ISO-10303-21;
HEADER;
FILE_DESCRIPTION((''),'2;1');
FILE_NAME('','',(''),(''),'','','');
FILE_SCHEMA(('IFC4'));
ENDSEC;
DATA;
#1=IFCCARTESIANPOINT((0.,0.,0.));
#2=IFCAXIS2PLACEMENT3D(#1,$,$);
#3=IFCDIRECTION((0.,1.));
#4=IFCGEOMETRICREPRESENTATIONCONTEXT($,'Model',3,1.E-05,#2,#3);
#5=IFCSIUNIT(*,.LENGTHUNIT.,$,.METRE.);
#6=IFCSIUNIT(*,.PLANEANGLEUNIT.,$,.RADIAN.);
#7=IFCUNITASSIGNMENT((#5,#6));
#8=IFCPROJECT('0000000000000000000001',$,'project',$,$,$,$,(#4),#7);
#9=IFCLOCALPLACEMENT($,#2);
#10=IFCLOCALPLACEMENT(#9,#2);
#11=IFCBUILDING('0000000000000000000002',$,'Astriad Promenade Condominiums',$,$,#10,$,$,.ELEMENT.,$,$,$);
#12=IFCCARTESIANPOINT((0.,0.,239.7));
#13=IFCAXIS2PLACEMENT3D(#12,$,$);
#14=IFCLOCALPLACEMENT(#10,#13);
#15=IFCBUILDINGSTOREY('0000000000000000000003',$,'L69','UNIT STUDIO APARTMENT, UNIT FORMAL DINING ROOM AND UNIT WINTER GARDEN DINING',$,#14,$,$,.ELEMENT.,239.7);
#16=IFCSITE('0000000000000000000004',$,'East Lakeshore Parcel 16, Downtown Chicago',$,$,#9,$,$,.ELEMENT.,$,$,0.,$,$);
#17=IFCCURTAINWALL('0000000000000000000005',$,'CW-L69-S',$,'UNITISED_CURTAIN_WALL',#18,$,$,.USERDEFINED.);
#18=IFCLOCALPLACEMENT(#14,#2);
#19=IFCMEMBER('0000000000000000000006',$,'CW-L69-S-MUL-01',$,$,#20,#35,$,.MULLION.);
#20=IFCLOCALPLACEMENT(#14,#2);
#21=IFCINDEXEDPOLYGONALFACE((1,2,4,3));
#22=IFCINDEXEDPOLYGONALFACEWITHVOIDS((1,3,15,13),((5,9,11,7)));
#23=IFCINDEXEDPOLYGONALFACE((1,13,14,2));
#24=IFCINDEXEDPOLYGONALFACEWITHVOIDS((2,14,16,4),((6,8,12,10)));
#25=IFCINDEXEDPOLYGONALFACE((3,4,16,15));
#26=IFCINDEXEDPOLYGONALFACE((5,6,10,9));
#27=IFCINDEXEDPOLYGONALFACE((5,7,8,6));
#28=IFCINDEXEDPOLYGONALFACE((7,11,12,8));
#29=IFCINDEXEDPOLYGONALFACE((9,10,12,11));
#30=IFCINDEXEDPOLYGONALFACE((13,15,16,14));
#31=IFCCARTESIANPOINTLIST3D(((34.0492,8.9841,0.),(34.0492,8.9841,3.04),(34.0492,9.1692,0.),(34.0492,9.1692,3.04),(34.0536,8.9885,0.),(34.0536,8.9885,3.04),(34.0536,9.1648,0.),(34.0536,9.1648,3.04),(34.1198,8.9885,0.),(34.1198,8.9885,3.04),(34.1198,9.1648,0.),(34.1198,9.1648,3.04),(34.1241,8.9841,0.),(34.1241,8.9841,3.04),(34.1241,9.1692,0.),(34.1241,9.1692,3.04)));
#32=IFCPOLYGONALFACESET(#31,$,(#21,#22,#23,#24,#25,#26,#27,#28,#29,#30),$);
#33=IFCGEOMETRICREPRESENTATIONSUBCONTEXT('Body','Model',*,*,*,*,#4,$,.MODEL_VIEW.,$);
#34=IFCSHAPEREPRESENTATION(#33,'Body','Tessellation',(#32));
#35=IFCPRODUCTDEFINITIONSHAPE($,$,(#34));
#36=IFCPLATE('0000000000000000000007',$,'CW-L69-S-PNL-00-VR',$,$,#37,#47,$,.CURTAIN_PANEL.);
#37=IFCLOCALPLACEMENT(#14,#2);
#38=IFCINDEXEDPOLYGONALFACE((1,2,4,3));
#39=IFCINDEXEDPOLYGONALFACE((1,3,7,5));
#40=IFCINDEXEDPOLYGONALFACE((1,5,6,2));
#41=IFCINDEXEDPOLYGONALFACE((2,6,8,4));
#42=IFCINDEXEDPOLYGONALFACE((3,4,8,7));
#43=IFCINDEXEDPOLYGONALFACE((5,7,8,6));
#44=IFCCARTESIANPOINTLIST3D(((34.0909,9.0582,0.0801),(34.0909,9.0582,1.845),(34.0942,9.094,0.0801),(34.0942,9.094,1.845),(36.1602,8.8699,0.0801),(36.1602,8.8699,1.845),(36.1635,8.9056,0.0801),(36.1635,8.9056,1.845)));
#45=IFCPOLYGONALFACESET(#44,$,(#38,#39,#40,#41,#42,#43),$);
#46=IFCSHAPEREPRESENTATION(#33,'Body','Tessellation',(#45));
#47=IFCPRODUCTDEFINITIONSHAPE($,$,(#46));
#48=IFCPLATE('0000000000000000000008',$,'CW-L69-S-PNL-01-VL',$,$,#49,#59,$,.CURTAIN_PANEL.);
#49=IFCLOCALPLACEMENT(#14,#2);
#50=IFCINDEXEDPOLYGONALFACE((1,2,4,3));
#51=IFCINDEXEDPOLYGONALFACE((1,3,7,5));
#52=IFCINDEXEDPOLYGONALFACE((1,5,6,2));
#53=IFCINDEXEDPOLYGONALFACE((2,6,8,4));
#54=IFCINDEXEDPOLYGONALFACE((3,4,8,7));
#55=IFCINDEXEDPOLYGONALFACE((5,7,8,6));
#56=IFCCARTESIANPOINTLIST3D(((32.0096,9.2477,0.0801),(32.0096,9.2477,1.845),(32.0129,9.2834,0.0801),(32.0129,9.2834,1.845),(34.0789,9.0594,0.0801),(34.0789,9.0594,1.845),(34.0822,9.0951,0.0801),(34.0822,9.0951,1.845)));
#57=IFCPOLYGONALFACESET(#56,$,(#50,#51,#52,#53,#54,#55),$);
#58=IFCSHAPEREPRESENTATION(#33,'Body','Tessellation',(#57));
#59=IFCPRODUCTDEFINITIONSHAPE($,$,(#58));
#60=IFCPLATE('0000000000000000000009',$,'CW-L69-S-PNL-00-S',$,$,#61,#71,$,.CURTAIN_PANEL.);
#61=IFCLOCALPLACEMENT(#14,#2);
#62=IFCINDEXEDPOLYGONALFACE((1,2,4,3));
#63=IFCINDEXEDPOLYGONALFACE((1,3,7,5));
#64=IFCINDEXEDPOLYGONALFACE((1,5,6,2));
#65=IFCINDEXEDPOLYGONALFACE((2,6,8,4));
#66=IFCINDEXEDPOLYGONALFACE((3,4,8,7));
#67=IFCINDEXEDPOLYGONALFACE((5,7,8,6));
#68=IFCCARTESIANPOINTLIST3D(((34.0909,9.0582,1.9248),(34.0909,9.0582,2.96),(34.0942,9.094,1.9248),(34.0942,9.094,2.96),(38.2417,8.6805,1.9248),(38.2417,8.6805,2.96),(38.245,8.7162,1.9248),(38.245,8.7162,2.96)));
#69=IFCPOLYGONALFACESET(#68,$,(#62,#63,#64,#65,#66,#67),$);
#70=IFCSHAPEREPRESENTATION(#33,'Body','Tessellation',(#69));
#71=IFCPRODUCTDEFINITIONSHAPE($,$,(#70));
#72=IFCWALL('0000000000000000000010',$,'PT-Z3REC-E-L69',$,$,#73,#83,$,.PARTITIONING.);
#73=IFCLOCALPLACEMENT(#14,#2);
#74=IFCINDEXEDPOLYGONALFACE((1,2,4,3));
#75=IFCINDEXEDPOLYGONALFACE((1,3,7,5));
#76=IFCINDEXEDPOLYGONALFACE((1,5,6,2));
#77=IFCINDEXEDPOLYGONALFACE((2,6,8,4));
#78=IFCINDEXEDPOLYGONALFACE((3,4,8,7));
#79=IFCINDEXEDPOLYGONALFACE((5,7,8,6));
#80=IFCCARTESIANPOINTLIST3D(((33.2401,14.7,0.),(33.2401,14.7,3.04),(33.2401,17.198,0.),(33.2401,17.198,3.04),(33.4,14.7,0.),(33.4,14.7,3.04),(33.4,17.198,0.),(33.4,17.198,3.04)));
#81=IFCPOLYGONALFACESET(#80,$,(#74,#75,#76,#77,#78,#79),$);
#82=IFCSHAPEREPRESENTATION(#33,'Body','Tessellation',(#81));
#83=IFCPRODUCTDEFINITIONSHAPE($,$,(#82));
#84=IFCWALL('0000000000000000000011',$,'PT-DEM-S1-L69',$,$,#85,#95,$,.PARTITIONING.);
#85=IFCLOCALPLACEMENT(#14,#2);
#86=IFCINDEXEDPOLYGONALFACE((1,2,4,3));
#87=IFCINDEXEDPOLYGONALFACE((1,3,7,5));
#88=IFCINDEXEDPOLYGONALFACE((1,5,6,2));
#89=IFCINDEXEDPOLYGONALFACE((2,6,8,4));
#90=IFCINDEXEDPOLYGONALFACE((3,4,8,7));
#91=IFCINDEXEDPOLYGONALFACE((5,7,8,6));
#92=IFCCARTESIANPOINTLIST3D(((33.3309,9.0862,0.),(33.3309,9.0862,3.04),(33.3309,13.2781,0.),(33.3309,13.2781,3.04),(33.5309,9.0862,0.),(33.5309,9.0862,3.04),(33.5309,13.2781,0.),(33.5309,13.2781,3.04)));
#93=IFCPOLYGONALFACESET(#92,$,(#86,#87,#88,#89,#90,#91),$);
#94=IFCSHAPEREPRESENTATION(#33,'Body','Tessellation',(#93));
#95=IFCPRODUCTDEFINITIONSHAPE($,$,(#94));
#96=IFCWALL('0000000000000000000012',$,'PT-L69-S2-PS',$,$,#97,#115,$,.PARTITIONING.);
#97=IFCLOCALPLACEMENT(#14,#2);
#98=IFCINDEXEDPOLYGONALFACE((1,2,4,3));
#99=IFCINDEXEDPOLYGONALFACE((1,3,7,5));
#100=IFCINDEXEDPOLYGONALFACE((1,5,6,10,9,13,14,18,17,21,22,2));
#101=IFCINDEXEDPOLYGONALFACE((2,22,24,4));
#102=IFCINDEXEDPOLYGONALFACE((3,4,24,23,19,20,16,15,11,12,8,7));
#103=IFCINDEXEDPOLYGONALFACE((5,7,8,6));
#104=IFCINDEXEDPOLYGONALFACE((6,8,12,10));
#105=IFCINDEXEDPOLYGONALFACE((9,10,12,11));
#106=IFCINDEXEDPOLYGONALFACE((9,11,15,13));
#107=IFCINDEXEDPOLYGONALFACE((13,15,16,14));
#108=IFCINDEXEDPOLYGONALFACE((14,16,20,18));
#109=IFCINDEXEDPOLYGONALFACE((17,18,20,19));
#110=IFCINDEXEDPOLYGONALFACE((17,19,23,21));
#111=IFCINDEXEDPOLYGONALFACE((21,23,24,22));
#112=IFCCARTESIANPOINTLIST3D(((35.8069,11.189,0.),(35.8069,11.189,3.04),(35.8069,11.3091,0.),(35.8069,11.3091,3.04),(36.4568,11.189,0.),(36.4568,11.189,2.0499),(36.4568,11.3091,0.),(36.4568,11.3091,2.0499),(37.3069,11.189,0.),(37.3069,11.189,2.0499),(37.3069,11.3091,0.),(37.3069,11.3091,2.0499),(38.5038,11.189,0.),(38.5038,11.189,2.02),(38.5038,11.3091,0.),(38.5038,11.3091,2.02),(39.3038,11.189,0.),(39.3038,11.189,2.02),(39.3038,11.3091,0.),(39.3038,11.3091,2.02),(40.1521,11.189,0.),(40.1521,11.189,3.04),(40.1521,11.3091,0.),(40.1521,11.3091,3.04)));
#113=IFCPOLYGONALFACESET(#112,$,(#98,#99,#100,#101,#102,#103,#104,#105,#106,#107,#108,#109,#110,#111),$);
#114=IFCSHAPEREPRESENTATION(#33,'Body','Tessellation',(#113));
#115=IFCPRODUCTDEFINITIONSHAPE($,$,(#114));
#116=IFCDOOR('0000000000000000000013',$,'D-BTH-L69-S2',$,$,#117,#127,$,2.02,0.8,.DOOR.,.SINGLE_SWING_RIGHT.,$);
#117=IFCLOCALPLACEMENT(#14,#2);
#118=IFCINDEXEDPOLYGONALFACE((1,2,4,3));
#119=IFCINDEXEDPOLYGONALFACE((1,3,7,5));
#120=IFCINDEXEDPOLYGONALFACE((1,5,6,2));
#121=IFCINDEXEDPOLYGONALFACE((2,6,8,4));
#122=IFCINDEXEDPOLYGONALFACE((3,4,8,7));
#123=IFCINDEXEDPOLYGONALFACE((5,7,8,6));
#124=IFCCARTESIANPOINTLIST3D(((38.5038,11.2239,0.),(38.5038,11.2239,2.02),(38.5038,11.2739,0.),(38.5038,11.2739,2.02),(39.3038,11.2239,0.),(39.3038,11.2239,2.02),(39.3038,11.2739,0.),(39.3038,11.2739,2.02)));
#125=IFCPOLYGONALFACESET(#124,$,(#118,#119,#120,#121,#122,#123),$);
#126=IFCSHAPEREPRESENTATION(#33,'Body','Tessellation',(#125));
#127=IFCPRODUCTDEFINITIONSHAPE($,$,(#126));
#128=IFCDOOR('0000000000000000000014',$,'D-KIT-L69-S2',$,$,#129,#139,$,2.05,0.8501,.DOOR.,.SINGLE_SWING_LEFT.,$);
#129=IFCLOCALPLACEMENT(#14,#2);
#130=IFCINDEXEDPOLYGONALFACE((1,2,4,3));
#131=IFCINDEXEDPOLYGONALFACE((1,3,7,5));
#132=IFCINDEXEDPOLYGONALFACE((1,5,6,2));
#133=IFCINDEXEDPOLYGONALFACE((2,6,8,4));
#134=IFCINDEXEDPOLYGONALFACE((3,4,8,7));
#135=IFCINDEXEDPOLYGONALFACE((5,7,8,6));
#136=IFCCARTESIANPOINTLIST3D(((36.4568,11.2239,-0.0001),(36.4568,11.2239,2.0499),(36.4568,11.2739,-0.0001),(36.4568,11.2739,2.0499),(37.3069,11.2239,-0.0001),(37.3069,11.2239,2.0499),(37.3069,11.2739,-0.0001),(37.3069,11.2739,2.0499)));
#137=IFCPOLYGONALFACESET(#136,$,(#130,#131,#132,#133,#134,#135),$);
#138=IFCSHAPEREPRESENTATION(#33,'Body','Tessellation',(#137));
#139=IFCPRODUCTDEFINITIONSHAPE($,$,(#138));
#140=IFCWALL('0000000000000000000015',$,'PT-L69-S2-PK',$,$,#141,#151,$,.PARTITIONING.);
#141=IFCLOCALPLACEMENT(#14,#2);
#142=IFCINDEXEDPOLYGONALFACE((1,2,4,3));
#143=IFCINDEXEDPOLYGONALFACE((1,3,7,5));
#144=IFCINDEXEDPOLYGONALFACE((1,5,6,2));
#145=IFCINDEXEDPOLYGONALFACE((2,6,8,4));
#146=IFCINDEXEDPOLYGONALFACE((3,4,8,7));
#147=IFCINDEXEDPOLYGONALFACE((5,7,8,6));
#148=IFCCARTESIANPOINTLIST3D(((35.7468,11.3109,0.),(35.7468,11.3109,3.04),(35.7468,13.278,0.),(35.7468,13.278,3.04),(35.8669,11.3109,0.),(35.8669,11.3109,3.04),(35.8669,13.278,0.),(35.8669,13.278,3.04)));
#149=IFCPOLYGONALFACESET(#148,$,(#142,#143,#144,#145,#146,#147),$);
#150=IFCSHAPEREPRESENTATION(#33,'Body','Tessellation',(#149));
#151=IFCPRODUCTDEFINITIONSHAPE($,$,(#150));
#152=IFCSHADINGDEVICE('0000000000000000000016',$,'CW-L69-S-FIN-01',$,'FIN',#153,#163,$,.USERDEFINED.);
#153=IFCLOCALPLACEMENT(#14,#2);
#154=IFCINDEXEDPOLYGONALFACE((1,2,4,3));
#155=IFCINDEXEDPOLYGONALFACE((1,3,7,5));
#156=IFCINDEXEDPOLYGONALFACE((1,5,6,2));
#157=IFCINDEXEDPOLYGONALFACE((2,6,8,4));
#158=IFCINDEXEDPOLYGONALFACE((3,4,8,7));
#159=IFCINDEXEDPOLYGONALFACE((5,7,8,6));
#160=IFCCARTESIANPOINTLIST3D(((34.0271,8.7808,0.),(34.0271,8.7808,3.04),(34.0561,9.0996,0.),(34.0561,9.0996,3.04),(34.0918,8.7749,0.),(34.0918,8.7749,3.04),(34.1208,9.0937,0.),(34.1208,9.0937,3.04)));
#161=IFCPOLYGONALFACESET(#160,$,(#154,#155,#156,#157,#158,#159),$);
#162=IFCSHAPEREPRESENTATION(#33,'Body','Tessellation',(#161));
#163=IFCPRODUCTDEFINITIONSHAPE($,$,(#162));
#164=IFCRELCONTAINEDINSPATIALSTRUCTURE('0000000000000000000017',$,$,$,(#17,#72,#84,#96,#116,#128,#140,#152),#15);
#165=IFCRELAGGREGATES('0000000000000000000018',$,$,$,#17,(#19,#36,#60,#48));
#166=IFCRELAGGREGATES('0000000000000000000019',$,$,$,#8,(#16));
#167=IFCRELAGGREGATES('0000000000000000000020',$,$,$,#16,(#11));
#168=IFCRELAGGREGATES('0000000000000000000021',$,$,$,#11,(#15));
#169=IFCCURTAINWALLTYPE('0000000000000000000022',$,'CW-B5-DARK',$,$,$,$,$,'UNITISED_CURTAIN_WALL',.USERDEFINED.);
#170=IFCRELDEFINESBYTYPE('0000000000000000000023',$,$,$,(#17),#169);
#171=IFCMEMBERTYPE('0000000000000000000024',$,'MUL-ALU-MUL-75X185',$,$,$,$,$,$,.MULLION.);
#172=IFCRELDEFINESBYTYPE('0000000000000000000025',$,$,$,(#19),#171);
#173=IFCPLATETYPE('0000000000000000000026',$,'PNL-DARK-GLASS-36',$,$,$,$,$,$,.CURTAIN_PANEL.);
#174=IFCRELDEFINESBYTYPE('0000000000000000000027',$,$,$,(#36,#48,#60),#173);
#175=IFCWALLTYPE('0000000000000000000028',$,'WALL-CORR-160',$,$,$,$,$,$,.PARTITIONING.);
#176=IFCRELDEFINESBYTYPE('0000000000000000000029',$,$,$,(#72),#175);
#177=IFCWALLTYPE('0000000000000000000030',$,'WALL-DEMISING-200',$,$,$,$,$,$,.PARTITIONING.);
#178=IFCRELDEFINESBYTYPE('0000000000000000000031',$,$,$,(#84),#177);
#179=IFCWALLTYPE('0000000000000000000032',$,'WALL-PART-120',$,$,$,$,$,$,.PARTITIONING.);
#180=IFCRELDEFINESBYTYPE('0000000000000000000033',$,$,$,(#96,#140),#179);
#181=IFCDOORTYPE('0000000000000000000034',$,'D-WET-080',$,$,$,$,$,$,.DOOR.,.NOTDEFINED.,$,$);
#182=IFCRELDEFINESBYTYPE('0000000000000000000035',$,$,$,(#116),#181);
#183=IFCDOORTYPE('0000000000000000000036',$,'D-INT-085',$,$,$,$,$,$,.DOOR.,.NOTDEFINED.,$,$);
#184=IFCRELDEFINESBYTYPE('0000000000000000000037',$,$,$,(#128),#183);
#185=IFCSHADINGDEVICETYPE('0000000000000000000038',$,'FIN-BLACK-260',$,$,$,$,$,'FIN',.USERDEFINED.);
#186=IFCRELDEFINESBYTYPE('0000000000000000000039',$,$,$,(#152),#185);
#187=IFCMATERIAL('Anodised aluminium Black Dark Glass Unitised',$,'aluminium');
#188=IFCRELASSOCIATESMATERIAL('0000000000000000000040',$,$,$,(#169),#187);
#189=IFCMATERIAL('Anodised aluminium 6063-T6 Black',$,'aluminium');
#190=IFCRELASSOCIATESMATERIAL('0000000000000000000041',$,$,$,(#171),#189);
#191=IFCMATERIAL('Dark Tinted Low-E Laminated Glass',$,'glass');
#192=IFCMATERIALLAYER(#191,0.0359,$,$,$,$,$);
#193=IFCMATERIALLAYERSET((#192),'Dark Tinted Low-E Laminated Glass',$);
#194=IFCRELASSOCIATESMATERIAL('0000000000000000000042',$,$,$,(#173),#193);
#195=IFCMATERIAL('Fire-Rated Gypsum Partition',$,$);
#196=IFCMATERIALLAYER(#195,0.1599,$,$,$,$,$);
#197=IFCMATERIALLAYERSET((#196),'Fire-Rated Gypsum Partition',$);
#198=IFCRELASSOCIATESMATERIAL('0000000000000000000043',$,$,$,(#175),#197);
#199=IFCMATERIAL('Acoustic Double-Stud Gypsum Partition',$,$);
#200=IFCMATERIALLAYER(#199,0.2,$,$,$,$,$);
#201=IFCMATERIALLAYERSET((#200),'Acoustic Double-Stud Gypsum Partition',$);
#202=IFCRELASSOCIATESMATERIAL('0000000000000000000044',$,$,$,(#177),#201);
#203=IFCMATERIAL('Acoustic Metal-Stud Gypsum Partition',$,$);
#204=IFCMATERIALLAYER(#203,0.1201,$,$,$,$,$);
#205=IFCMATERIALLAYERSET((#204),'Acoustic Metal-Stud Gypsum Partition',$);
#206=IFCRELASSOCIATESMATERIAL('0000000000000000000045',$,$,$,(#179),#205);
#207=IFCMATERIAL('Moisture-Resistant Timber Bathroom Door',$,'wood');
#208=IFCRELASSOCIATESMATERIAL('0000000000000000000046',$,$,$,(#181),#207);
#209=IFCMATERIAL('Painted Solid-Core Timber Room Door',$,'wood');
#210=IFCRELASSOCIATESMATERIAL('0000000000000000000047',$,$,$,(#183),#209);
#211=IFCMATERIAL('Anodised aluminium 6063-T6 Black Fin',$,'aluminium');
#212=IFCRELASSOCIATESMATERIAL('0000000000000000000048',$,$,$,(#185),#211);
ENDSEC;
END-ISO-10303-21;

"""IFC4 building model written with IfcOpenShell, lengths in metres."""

from ifc_helpers import new_model, si_unit, direction, frame, frame_2d, origin, origin_2d, place, context, subcontext, project, spatial, rectangle, hollow_rectangle, extrude, source, transform, mapped, material, layer, layer_set, material_profile, profile_set, type_object, type_shapes, element, fill, aggregate, save


model = new_model("IFC4")

# Units and contexts
model_context = context("Model", 3, precision=1e-05, world=origin(), true_north=direction((0.0, 1.0)))
body_context = subcontext(model_context, "Body", "Model", "MODEL_VIEW")
ifc_project = project(units=[si_unit("LENGTHUNIT", "METRE"), si_unit("PLANEANGLEUNIT", "RADIAN")], contexts=[model_context])

# Site, building, storey
site_placement = place(None, origin())
site = spatial("IfcSite", under=ifc_project, at=site_placement, Name="East Lakeshore Parcel 16, Downtown Chicago", CompositionType="ELEMENT", RefElevation=0.0)
building_placement = place(site_placement, origin())
building = spatial("IfcBuilding", under=site, at=building_placement, Name="Astriad Promenade Condominiums", CompositionType="ELEMENT")
storey_placement = place(building_placement, frame((0.0, 0.0, 239.7)))
storey = spatial("IfcBuildingStorey", under=building, at=storey_placement, Name="L69", Description="UNIT STUDIO APARTMENT, UNIT FORMAL DINING ROOM AND UNIT WINTER GARDEN DINING", CompositionType="ELEMENT", Elevation=239.7)

# Curtain wall, member, plates
ifc_material_1 = material(Name="Anodised aluminium Black Dark Glass Unitised", Category="aluminium")
curtain_wall_type = type_object("IfcCurtainWallType", Name="CW-B5-DARK", ElementType="UNITISED_CURTAIN_WALL", PredefinedType="USERDEFINED", material=ifc_material_1)
curtain_wall_placement = place(storey_placement, origin())
curtain_wall = element("IfcCurtainWall", 1, at=curtain_wall_placement, inside=storey, type_object=curtain_wall_type, Name="CW-L69-S", ObjectType="UNITISED_CURTAIN_WALL", PredefinedType="USERDEFINED")
ifc_material_2 = material(Name="Anodised aluminium 6063-T6 Black", Category="aluminium")
ifc_material_profile_1 = material_profile(ifc_material_2, hollow_rectangle(XDim=0.075, YDim=0.1851, WallThickness=0.0044, at=origin_2d()), Name="ALU-MUL-75X185")
ifc_profile_set_1 = profile_set([ifc_material_profile_1], Name="Anodised aluminium 6063-T6 Black")
member_type_1 = type_object("IfcMemberType", Name="MUL-ALU-MUL-75X185", PredefinedType="MULLION", material=ifc_profile_set_1)
shared_shape_1 = source(origin(), body_context, "Body", "SweptSolid", [
    extrude(hollow_rectangle(XDim=0.075, YDim=0.1851, WallThickness=0.0044, at=origin_2d()), origin(), (0.0, 0.0, 1.0), 3.04),
])
type_shapes(member_type_1, [shared_shape_1])
member_1_placement = place(storey_placement, frame((34.0867, 9.0767, 0.0), z_axis=(0.0, 0.0, 1.0), x_axis=(1.0, 0.0, 0.0)))
member_1 = element("IfcMember", 2, at=member_1_placement, type_object=member_type_1, Name="CW-L69-S-MUL-01", PredefinedType="MULLION", context=body_context, shape_type="MappedRepresentation", body=[
    mapped(shared_shape_1, transform((0.0, 0.0, 0.0), scale=1.0)),
])
ifc_material_3 = material(Name="Dark Tinted Low-E Laminated Glass", Category="glass")
ifc_layer_1 = layer(ifc_material_3, 0.0359)
ifc_layer_set_1 = layer_set([ifc_layer_1], Name="Dark Tinted Low-E Laminated Glass")
plate_type = type_object("IfcPlateType", Name="PNL-DARK-GLASS-36", PredefinedType="CURTAIN_PANEL", material=ifc_layer_set_1)
shared_shape_2 = source(origin(), body_context, "Body", "SweptSolid", [
    extrude(rectangle(XDim=2.0779, YDim=0.0359, at=origin_2d()), origin(), (0.0, 0.0, 1.0), 1.7649),
])
plate_1_placement = place(storey_placement, frame((35.1272, 8.9819, 0.0801), z_axis=(0.0, 0.0, 1.0), x_axis=(-0.995884, 0.090633, 0.0)))
plate_1 = element("IfcPlate", 3, at=plate_1_placement, type_object=plate_type, Name="CW-L69-S-PNL-00-VR", PredefinedType="CURTAIN_PANEL", context=body_context, shape_type="MappedRepresentation", body=[
    mapped(shared_shape_2, transform((0.0, 0.0, 0.0), scale=1.0)),
])
plate_2_placement = place(storey_placement, frame((33.0459, 9.1714, 0.0801), z_axis=(0.0, 0.0, 1.0), x_axis=(-0.995884, 0.090633, 0.0)))
plate_2 = element("IfcPlate", 4, at=plate_2_placement, type_object=plate_type, Name="CW-L69-S-PNL-01-VL", PredefinedType="CURTAIN_PANEL", context=body_context, shape_type="MappedRepresentation", body=[
    mapped(shared_shape_2, transform((0.0, 0.0, 0.0), scale=1.0)),
])
shared_shape_3 = source(origin(), body_context, "Body", "SweptSolid", [
    extrude(rectangle(XDim=4.168, YDim=0.0359, at=origin_2d()), origin(), (0.0, 0.0, 1.0), 1.0352),
])
type_shapes(plate_type, [shared_shape_2, shared_shape_3])
plate_3_placement = place(storey_placement, frame((36.168, 8.8872, 1.9248), z_axis=(0.0, 0.0, 1.0), x_axis=(-0.995884, 0.090633, 0.0)))
plate_3 = element("IfcPlate", 5, at=plate_3_placement, type_object=plate_type, Name="CW-L69-S-PNL-00-S", PredefinedType="CURTAIN_PANEL", context=body_context, shape_type="MappedRepresentation", body=[
    mapped(shared_shape_3, transform((0.0, 0.0, 0.0), scale=1.0)),
])
aggregate(curtain_wall, [member_1, plate_1, plate_3, plate_2])

# Walls
ifc_material_4 = material(Name="Fire-Rated Gypsum Partition")
ifc_layer_2 = layer(ifc_material_4, 0.1599)
ifc_layer_set_2 = layer_set([ifc_layer_2], Name="Fire-Rated Gypsum Partition")
wall_type_1 = type_object("IfcWallType", Name="WALL-CORR-160", PredefinedType="PARTITIONING", material=ifc_layer_set_2)
wall_1_placement = place(storey_placement, frame((33.3201, 14.7, 0.0), z_axis=(0.0, 0.0, 1.0), x_axis=(0.0, 1.0, 0.0)))
element("IfcWall", 6, at=wall_1_placement, inside=storey, type_object=wall_type_1, Name="PT-Z3REC-E-L69", PredefinedType="PARTITIONING", context=body_context, shape_type="SweptSolid", body=[
    extrude(rectangle(XDim=2.498, YDim=0.1599, at=frame_2d((1.249, 0.0))), origin(), (0.0, 0.0, 1.0), 3.04),
])
ifc_material_5 = material(Name="Acoustic Double-Stud Gypsum Partition")
ifc_layer_3 = layer(ifc_material_5, 0.2)
ifc_layer_set_3 = layer_set([ifc_layer_3], Name="Acoustic Double-Stud Gypsum Partition")
wall_type_2 = type_object("IfcWallType", Name="WALL-DEMISING-200", PredefinedType="PARTITIONING", material=ifc_layer_set_3)
wall_2_placement = place(storey_placement, frame((33.4309, 9.0862, 0.0), z_axis=(0.0, 0.0, 1.0), x_axis=(0.0, 1.0, 0.0)))
element("IfcWall", 7, at=wall_2_placement, inside=storey, type_object=wall_type_2, Name="PT-DEM-S1-L69", PredefinedType="PARTITIONING", context=body_context, shape_type="SweptSolid", body=[
    extrude(rectangle(XDim=4.1919, YDim=0.2, at=frame_2d((2.0959, 0.0))), origin(), (0.0, 0.0, 1.0), 3.04),
])

# Wall, openings, doors
ifc_material_6 = material(Name="Acoustic Metal-Stud Gypsum Partition")
ifc_layer_4 = layer(ifc_material_6, 0.1201)
ifc_layer_set_4 = layer_set([ifc_layer_4], Name="Acoustic Metal-Stud Gypsum Partition")
wall_type_3 = type_object("IfcWallType", Name="WALL-PART-120", PredefinedType="PARTITIONING", material=ifc_layer_set_4)
wall_3_placement = place(storey_placement, frame((35.8069, 11.249, 0.0), z_axis=(0.0, 0.0, 1.0), x_axis=(1.0, 0.0, 0.0)))
wall_3 = element("IfcWall", 8, at=wall_3_placement, inside=storey, type_object=wall_type_3, Name="PT-L69-S2-PS", PredefinedType="PARTITIONING", context=body_context, shape_type="SweptSolid", body=[
    extrude(rectangle(XDim=4.3452, YDim=0.1201, at=frame_2d((2.1726, 0.0))), origin(), (0.0, 0.0, 1.0), 3.04),
])
opening_1_placement = place(wall_3_placement, frame((0.6499, 0.0, 0.0)))
opening_1 = element("IfcOpeningElement", 9, at=opening_1_placement, cuts=wall_3, PredefinedType="OPENING", context=body_context, shape_type="SweptSolid", body=[
    extrude(rectangle(XDim=0.8501, YDim=2.05, at=frame_2d((0.425, 1.0249))), frame((0.0, 0.0701, 0.0), z_axis=(0.0, -1.0, 0.0), x_axis=(1.0, 0.0, 0.0)), (0.0, 0.0, 1.0), 0.1401),
])
opening_2_placement = place(wall_3_placement, frame((2.697, 0.0, 0.0)))
opening_2 = element("IfcOpeningElement", 10, at=opening_2_placement, cuts=wall_3, PredefinedType="OPENING", context=body_context, shape_type="SweptSolid", body=[
    extrude(rectangle(XDim=0.8, YDim=2.02, at=frame_2d((0.3999, 1.01))), frame((0.0, 0.0701, 0.0), z_axis=(0.0, -1.0, 0.0), x_axis=(1.0, 0.0, 0.0)), (0.0, 0.0, 1.0), 0.1401),
])
ifc_material_7 = material(Name="Moisture-Resistant Timber Bathroom Door", Category="wood")
door_type_1 = type_object("IfcDoorType", Name="D-WET-080", OperationType="NOTDEFINED", PredefinedType="DOOR", material=ifc_material_7)
shared_shape_4 = source(origin(), body_context, "Body", "SweptSolid", [
    extrude(rectangle(XDim=0.8, YDim=2.02, at=frame_2d((0.3999, 1.01))), frame((0.0, 0.0249, 0.0), z_axis=(0.0, -1.0, 0.0), x_axis=(1.0, 0.0, 0.0)), (0.0, 0.0, 1.0), 0.05),
])
type_shapes(door_type_1, [shared_shape_4])
door_1_placement = place(opening_2_placement, origin())
door_1 = element("IfcDoor", 11, at=door_1_placement, inside=storey, type_object=door_type_1, Name="D-BTH-L69-S2", OperationType="SINGLE_SWING_RIGHT", OverallHeight=2.02, OverallWidth=0.8, PredefinedType="DOOR", context=body_context, shape_type="MappedRepresentation", body=[
    mapped(shared_shape_4, transform((0.0, 0.0, 0.0), scale=1.0)),
])
fill(opening_2, door_1)
ifc_material_8 = material(Name="Painted Solid-Core Timber Room Door", Category="wood")
door_type_2 = type_object("IfcDoorType", Name="D-INT-085", OperationType="NOTDEFINED", PredefinedType="DOOR", material=ifc_material_8)
shared_shape_5 = source(origin(), body_context, "Body", "SweptSolid", [
    extrude(rectangle(XDim=0.8501, YDim=2.05, at=frame_2d((0.425, 1.0249))), frame((0.0, 0.0249, 0.0), z_axis=(0.0, -1.0, 0.0), x_axis=(1.0, 0.0, 0.0)), (0.0, 0.0, 1.0), 0.05),
])
type_shapes(door_type_2, [shared_shape_5])
door_2_placement = place(opening_1_placement, origin())
door_2 = element("IfcDoor", 12, at=door_2_placement, inside=storey, type_object=door_type_2, Name="D-KIT-L69-S2", OperationType="SINGLE_SWING_LEFT", OverallHeight=2.05, OverallWidth=0.8501, PredefinedType="DOOR", context=body_context, shape_type="MappedRepresentation", body=[
    mapped(shared_shape_5, transform((0.0, 0.0, 0.0), scale=1.0)),
])
fill(opening_1, door_2)

# Wall
wall_4_placement = place(storey_placement, frame((35.8069, 11.311, 0.0), z_axis=(0.0, 0.0, 1.0), x_axis=(0.0, 1.0, 0.0)))
element("IfcWall", 13, at=wall_4_placement, inside=storey, type_object=wall_type_3, Name="PT-L69-S2-PK", PredefinedType="PARTITIONING", context=body_context, shape_type="SweptSolid", body=[
    extrude(rectangle(XDim=1.967, YDim=0.1201, at=frame_2d((0.9834, 0.0))), origin(), (0.0, 0.0, 1.0), 3.04),
])

# Shading device
ifc_material_9 = material(Name="Anodised aluminium 6063-T6 Black Fin", Category="aluminium")
shading_device_type = type_object("IfcShadingDeviceType", Name="FIN-BLACK-260", ElementType="FIN", PredefinedType="USERDEFINED", material=ifc_material_9)
shared_shape_6 = source(origin(), body_context, "Body", "SweptSolid", [
    extrude(rectangle(XDim=0.0649, YDim=0.3201, at=origin_2d()), origin(), (0.0, 0.0, 1.0), 3.04),
])
type_shapes(shading_device_type, [shared_shape_6])
shading_device_placement = place(storey_placement, frame((34.074, 8.9373, 0.0), z_axis=(0.0, 0.0, 1.0), x_axis=(-0.995884, 0.090633, 0.0)))
element("IfcShadingDevice", 14, at=shading_device_placement, inside=storey, type_object=shading_device_type, Name="CW-L69-S-FIN-01", ObjectType="FIN", PredefinedType="USERDEFINED", context=body_context, shape_type="MappedRepresentation", body=[
    mapped(shared_shape_6, transform((0.0, 0.0, 0.0), scale=1.0)),
])

save(model, "model.ifc")
